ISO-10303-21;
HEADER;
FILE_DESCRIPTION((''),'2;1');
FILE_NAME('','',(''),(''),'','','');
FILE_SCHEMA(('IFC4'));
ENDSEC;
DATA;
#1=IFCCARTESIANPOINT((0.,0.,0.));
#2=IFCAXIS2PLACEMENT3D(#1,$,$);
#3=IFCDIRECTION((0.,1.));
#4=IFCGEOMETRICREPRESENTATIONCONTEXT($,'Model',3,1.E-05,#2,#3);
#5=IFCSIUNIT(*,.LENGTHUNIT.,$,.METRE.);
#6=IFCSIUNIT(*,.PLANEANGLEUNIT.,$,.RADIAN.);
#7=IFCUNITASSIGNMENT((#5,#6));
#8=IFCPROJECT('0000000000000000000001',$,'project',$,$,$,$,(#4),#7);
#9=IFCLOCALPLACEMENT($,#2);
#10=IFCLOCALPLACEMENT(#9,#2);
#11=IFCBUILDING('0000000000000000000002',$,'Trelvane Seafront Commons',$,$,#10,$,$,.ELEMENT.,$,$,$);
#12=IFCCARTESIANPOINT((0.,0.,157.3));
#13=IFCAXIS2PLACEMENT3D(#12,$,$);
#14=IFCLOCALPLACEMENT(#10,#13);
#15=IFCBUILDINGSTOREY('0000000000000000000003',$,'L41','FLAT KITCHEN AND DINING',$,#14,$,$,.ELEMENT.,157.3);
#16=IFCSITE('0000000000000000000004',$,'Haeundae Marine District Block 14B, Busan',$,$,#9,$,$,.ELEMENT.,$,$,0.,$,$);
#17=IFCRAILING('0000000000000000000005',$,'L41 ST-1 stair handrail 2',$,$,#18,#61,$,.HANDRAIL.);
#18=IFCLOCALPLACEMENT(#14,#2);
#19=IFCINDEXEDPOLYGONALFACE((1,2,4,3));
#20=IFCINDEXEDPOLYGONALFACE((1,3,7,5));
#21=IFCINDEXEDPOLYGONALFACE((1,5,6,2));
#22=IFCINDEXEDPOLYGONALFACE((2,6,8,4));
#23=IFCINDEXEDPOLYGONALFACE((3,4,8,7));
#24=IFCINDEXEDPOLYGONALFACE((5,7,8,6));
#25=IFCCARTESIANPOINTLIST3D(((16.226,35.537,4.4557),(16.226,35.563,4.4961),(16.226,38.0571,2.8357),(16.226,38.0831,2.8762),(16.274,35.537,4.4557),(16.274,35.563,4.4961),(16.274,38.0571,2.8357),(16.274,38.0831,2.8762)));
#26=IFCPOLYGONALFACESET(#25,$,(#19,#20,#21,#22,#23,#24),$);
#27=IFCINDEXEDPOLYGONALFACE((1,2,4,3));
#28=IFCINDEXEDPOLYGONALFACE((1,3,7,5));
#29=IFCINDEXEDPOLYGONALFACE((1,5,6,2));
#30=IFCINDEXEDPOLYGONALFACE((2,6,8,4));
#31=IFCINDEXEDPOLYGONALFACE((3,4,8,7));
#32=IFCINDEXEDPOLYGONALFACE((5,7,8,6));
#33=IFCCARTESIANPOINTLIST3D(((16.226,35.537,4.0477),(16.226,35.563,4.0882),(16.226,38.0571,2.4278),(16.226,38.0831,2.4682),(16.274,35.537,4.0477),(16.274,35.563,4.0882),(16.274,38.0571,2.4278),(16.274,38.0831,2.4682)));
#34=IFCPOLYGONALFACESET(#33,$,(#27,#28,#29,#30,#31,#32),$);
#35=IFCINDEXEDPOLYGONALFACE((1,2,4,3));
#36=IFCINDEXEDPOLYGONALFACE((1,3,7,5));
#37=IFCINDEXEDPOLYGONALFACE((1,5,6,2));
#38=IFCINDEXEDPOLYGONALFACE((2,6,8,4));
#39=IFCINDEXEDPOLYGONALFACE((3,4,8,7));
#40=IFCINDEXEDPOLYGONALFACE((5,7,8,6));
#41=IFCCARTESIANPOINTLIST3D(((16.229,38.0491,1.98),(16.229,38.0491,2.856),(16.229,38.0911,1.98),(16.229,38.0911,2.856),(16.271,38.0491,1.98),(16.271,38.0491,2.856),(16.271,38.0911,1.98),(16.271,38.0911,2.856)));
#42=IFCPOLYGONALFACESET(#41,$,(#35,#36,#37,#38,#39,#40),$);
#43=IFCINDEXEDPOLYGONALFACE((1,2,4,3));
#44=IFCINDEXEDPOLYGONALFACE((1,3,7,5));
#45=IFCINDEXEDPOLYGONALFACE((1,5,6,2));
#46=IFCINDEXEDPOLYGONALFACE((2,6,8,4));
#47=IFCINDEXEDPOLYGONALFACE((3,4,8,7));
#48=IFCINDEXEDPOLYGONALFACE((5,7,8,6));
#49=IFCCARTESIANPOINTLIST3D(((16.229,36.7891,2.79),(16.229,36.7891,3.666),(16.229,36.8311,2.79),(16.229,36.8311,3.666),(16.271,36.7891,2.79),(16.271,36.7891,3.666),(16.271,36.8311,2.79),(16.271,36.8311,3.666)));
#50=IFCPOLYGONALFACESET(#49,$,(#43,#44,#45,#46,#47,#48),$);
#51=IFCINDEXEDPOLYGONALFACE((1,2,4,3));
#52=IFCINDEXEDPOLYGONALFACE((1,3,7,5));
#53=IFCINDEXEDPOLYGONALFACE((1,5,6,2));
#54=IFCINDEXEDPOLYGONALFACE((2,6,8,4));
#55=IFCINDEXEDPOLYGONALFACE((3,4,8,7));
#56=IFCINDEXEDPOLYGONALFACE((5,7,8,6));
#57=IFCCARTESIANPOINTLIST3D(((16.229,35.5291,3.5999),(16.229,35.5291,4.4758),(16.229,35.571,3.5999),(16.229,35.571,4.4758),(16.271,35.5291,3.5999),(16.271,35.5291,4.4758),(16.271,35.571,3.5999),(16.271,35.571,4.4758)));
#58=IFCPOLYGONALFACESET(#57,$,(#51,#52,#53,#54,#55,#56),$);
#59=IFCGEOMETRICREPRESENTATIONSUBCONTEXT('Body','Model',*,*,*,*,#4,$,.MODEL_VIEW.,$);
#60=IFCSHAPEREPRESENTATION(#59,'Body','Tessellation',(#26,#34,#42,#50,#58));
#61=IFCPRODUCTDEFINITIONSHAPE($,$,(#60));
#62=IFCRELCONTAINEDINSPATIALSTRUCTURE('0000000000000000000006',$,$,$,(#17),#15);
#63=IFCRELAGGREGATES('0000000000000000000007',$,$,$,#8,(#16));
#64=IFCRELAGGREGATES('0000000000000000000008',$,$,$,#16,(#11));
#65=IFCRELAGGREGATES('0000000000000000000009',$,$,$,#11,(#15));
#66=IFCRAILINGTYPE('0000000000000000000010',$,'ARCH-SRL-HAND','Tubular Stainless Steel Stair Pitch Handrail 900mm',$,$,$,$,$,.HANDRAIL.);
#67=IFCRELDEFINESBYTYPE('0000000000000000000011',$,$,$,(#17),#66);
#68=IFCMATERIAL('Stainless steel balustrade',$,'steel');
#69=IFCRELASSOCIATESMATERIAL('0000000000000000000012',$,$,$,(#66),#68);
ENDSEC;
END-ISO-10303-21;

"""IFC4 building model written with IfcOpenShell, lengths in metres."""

from ifc_helpers import new_model, si_unit, direction, frame, origin, origin_2d, place, context, subcontext, project, spatial, rectangle, extrude, material, type_object, element, save


model = new_model("IFC4")

# Units and contexts
model_context = context("Model", 3, precision=1e-05, world=origin(), true_north=direction((0.0, 1.0)))
body_context = subcontext(model_context, "Body", "Model", "MODEL_VIEW")
ifc_project = project(units=[si_unit("LENGTHUNIT", "METRE"), si_unit("PLANEANGLEUNIT", "RADIAN")], contexts=[model_context])

# Site, building, storey
site_placement = place(None, origin())
site = spatial("IfcSite", under=ifc_project, at=site_placement, Name="Haeundae Marine District Block 14B, Busan", CompositionType="ELEMENT", RefElevation=0.0)
building_placement = place(site_placement, origin())
building = spatial("IfcBuilding", under=site, at=building_placement, Name="Trelvane Seafront Commons", CompositionType="ELEMENT")
storey_placement = place(building_placement, frame((0.0, 0.0, 157.3)))
storey = spatial("IfcBuildingStorey", under=building, at=storey_placement, Name="L41", Description="FLAT KITCHEN AND DINING", CompositionType="ELEMENT", Elevation=157.3)

# Railing
ifc_material_1 = material(Name="Stainless steel balustrade", Category="steel")
railing_type = type_object("IfcRailingType", Name="ARCH-SRL-HAND", Description="Tubular Stainless Steel Stair Pitch Handrail 900mm", PredefinedType="HANDRAIL", material=ifc_material_1)
railing_placement = place(storey_placement, frame((16.25, 38.0701, 1.98)))
element("IfcRailing", 1, at=railing_placement, inside=storey, type_object=railing_type, Name="L41 ST-1 stair handrail 2", PredefinedType="HANDRAIL", context=body_context, shape_type="SweptSolid", body=[
    extrude(rectangle(XDim=0.0481, YDim=0.0481, at=origin_2d()), frame((0.0, 0.0, 0.876), z_axis=(0.0, -0.8412, 0.540725), x_axis=(1.0, 0.0, 0.0)), (0.0, 0.0, 1.0), 2.9958),
    extrude(rectangle(XDim=0.0481, YDim=0.0481, at=origin_2d()), frame((0.0, 0.0, 0.468), z_axis=(0.0, -0.8412, 0.540725), x_axis=(1.0, 0.0, 0.0)), (0.0, 0.0, 1.0), 2.9958),
    extrude(rectangle(XDim=0.042, YDim=0.042, at=origin_2d()), origin(), (0.0, 0.0, 1.0), 0.876),
    extrude(rectangle(XDim=0.042, YDim=0.042, at=origin_2d()), frame((0.0, -1.26, 0.8101)), (0.0, 0.0, 1.0), 0.876),
    extrude(rectangle(XDim=0.042, YDim=0.042, at=origin_2d()), frame((0.0, -2.52, 1.6199)), (0.0, 0.0, 1.0), 0.876),
])

save(model, "model.ifc")
